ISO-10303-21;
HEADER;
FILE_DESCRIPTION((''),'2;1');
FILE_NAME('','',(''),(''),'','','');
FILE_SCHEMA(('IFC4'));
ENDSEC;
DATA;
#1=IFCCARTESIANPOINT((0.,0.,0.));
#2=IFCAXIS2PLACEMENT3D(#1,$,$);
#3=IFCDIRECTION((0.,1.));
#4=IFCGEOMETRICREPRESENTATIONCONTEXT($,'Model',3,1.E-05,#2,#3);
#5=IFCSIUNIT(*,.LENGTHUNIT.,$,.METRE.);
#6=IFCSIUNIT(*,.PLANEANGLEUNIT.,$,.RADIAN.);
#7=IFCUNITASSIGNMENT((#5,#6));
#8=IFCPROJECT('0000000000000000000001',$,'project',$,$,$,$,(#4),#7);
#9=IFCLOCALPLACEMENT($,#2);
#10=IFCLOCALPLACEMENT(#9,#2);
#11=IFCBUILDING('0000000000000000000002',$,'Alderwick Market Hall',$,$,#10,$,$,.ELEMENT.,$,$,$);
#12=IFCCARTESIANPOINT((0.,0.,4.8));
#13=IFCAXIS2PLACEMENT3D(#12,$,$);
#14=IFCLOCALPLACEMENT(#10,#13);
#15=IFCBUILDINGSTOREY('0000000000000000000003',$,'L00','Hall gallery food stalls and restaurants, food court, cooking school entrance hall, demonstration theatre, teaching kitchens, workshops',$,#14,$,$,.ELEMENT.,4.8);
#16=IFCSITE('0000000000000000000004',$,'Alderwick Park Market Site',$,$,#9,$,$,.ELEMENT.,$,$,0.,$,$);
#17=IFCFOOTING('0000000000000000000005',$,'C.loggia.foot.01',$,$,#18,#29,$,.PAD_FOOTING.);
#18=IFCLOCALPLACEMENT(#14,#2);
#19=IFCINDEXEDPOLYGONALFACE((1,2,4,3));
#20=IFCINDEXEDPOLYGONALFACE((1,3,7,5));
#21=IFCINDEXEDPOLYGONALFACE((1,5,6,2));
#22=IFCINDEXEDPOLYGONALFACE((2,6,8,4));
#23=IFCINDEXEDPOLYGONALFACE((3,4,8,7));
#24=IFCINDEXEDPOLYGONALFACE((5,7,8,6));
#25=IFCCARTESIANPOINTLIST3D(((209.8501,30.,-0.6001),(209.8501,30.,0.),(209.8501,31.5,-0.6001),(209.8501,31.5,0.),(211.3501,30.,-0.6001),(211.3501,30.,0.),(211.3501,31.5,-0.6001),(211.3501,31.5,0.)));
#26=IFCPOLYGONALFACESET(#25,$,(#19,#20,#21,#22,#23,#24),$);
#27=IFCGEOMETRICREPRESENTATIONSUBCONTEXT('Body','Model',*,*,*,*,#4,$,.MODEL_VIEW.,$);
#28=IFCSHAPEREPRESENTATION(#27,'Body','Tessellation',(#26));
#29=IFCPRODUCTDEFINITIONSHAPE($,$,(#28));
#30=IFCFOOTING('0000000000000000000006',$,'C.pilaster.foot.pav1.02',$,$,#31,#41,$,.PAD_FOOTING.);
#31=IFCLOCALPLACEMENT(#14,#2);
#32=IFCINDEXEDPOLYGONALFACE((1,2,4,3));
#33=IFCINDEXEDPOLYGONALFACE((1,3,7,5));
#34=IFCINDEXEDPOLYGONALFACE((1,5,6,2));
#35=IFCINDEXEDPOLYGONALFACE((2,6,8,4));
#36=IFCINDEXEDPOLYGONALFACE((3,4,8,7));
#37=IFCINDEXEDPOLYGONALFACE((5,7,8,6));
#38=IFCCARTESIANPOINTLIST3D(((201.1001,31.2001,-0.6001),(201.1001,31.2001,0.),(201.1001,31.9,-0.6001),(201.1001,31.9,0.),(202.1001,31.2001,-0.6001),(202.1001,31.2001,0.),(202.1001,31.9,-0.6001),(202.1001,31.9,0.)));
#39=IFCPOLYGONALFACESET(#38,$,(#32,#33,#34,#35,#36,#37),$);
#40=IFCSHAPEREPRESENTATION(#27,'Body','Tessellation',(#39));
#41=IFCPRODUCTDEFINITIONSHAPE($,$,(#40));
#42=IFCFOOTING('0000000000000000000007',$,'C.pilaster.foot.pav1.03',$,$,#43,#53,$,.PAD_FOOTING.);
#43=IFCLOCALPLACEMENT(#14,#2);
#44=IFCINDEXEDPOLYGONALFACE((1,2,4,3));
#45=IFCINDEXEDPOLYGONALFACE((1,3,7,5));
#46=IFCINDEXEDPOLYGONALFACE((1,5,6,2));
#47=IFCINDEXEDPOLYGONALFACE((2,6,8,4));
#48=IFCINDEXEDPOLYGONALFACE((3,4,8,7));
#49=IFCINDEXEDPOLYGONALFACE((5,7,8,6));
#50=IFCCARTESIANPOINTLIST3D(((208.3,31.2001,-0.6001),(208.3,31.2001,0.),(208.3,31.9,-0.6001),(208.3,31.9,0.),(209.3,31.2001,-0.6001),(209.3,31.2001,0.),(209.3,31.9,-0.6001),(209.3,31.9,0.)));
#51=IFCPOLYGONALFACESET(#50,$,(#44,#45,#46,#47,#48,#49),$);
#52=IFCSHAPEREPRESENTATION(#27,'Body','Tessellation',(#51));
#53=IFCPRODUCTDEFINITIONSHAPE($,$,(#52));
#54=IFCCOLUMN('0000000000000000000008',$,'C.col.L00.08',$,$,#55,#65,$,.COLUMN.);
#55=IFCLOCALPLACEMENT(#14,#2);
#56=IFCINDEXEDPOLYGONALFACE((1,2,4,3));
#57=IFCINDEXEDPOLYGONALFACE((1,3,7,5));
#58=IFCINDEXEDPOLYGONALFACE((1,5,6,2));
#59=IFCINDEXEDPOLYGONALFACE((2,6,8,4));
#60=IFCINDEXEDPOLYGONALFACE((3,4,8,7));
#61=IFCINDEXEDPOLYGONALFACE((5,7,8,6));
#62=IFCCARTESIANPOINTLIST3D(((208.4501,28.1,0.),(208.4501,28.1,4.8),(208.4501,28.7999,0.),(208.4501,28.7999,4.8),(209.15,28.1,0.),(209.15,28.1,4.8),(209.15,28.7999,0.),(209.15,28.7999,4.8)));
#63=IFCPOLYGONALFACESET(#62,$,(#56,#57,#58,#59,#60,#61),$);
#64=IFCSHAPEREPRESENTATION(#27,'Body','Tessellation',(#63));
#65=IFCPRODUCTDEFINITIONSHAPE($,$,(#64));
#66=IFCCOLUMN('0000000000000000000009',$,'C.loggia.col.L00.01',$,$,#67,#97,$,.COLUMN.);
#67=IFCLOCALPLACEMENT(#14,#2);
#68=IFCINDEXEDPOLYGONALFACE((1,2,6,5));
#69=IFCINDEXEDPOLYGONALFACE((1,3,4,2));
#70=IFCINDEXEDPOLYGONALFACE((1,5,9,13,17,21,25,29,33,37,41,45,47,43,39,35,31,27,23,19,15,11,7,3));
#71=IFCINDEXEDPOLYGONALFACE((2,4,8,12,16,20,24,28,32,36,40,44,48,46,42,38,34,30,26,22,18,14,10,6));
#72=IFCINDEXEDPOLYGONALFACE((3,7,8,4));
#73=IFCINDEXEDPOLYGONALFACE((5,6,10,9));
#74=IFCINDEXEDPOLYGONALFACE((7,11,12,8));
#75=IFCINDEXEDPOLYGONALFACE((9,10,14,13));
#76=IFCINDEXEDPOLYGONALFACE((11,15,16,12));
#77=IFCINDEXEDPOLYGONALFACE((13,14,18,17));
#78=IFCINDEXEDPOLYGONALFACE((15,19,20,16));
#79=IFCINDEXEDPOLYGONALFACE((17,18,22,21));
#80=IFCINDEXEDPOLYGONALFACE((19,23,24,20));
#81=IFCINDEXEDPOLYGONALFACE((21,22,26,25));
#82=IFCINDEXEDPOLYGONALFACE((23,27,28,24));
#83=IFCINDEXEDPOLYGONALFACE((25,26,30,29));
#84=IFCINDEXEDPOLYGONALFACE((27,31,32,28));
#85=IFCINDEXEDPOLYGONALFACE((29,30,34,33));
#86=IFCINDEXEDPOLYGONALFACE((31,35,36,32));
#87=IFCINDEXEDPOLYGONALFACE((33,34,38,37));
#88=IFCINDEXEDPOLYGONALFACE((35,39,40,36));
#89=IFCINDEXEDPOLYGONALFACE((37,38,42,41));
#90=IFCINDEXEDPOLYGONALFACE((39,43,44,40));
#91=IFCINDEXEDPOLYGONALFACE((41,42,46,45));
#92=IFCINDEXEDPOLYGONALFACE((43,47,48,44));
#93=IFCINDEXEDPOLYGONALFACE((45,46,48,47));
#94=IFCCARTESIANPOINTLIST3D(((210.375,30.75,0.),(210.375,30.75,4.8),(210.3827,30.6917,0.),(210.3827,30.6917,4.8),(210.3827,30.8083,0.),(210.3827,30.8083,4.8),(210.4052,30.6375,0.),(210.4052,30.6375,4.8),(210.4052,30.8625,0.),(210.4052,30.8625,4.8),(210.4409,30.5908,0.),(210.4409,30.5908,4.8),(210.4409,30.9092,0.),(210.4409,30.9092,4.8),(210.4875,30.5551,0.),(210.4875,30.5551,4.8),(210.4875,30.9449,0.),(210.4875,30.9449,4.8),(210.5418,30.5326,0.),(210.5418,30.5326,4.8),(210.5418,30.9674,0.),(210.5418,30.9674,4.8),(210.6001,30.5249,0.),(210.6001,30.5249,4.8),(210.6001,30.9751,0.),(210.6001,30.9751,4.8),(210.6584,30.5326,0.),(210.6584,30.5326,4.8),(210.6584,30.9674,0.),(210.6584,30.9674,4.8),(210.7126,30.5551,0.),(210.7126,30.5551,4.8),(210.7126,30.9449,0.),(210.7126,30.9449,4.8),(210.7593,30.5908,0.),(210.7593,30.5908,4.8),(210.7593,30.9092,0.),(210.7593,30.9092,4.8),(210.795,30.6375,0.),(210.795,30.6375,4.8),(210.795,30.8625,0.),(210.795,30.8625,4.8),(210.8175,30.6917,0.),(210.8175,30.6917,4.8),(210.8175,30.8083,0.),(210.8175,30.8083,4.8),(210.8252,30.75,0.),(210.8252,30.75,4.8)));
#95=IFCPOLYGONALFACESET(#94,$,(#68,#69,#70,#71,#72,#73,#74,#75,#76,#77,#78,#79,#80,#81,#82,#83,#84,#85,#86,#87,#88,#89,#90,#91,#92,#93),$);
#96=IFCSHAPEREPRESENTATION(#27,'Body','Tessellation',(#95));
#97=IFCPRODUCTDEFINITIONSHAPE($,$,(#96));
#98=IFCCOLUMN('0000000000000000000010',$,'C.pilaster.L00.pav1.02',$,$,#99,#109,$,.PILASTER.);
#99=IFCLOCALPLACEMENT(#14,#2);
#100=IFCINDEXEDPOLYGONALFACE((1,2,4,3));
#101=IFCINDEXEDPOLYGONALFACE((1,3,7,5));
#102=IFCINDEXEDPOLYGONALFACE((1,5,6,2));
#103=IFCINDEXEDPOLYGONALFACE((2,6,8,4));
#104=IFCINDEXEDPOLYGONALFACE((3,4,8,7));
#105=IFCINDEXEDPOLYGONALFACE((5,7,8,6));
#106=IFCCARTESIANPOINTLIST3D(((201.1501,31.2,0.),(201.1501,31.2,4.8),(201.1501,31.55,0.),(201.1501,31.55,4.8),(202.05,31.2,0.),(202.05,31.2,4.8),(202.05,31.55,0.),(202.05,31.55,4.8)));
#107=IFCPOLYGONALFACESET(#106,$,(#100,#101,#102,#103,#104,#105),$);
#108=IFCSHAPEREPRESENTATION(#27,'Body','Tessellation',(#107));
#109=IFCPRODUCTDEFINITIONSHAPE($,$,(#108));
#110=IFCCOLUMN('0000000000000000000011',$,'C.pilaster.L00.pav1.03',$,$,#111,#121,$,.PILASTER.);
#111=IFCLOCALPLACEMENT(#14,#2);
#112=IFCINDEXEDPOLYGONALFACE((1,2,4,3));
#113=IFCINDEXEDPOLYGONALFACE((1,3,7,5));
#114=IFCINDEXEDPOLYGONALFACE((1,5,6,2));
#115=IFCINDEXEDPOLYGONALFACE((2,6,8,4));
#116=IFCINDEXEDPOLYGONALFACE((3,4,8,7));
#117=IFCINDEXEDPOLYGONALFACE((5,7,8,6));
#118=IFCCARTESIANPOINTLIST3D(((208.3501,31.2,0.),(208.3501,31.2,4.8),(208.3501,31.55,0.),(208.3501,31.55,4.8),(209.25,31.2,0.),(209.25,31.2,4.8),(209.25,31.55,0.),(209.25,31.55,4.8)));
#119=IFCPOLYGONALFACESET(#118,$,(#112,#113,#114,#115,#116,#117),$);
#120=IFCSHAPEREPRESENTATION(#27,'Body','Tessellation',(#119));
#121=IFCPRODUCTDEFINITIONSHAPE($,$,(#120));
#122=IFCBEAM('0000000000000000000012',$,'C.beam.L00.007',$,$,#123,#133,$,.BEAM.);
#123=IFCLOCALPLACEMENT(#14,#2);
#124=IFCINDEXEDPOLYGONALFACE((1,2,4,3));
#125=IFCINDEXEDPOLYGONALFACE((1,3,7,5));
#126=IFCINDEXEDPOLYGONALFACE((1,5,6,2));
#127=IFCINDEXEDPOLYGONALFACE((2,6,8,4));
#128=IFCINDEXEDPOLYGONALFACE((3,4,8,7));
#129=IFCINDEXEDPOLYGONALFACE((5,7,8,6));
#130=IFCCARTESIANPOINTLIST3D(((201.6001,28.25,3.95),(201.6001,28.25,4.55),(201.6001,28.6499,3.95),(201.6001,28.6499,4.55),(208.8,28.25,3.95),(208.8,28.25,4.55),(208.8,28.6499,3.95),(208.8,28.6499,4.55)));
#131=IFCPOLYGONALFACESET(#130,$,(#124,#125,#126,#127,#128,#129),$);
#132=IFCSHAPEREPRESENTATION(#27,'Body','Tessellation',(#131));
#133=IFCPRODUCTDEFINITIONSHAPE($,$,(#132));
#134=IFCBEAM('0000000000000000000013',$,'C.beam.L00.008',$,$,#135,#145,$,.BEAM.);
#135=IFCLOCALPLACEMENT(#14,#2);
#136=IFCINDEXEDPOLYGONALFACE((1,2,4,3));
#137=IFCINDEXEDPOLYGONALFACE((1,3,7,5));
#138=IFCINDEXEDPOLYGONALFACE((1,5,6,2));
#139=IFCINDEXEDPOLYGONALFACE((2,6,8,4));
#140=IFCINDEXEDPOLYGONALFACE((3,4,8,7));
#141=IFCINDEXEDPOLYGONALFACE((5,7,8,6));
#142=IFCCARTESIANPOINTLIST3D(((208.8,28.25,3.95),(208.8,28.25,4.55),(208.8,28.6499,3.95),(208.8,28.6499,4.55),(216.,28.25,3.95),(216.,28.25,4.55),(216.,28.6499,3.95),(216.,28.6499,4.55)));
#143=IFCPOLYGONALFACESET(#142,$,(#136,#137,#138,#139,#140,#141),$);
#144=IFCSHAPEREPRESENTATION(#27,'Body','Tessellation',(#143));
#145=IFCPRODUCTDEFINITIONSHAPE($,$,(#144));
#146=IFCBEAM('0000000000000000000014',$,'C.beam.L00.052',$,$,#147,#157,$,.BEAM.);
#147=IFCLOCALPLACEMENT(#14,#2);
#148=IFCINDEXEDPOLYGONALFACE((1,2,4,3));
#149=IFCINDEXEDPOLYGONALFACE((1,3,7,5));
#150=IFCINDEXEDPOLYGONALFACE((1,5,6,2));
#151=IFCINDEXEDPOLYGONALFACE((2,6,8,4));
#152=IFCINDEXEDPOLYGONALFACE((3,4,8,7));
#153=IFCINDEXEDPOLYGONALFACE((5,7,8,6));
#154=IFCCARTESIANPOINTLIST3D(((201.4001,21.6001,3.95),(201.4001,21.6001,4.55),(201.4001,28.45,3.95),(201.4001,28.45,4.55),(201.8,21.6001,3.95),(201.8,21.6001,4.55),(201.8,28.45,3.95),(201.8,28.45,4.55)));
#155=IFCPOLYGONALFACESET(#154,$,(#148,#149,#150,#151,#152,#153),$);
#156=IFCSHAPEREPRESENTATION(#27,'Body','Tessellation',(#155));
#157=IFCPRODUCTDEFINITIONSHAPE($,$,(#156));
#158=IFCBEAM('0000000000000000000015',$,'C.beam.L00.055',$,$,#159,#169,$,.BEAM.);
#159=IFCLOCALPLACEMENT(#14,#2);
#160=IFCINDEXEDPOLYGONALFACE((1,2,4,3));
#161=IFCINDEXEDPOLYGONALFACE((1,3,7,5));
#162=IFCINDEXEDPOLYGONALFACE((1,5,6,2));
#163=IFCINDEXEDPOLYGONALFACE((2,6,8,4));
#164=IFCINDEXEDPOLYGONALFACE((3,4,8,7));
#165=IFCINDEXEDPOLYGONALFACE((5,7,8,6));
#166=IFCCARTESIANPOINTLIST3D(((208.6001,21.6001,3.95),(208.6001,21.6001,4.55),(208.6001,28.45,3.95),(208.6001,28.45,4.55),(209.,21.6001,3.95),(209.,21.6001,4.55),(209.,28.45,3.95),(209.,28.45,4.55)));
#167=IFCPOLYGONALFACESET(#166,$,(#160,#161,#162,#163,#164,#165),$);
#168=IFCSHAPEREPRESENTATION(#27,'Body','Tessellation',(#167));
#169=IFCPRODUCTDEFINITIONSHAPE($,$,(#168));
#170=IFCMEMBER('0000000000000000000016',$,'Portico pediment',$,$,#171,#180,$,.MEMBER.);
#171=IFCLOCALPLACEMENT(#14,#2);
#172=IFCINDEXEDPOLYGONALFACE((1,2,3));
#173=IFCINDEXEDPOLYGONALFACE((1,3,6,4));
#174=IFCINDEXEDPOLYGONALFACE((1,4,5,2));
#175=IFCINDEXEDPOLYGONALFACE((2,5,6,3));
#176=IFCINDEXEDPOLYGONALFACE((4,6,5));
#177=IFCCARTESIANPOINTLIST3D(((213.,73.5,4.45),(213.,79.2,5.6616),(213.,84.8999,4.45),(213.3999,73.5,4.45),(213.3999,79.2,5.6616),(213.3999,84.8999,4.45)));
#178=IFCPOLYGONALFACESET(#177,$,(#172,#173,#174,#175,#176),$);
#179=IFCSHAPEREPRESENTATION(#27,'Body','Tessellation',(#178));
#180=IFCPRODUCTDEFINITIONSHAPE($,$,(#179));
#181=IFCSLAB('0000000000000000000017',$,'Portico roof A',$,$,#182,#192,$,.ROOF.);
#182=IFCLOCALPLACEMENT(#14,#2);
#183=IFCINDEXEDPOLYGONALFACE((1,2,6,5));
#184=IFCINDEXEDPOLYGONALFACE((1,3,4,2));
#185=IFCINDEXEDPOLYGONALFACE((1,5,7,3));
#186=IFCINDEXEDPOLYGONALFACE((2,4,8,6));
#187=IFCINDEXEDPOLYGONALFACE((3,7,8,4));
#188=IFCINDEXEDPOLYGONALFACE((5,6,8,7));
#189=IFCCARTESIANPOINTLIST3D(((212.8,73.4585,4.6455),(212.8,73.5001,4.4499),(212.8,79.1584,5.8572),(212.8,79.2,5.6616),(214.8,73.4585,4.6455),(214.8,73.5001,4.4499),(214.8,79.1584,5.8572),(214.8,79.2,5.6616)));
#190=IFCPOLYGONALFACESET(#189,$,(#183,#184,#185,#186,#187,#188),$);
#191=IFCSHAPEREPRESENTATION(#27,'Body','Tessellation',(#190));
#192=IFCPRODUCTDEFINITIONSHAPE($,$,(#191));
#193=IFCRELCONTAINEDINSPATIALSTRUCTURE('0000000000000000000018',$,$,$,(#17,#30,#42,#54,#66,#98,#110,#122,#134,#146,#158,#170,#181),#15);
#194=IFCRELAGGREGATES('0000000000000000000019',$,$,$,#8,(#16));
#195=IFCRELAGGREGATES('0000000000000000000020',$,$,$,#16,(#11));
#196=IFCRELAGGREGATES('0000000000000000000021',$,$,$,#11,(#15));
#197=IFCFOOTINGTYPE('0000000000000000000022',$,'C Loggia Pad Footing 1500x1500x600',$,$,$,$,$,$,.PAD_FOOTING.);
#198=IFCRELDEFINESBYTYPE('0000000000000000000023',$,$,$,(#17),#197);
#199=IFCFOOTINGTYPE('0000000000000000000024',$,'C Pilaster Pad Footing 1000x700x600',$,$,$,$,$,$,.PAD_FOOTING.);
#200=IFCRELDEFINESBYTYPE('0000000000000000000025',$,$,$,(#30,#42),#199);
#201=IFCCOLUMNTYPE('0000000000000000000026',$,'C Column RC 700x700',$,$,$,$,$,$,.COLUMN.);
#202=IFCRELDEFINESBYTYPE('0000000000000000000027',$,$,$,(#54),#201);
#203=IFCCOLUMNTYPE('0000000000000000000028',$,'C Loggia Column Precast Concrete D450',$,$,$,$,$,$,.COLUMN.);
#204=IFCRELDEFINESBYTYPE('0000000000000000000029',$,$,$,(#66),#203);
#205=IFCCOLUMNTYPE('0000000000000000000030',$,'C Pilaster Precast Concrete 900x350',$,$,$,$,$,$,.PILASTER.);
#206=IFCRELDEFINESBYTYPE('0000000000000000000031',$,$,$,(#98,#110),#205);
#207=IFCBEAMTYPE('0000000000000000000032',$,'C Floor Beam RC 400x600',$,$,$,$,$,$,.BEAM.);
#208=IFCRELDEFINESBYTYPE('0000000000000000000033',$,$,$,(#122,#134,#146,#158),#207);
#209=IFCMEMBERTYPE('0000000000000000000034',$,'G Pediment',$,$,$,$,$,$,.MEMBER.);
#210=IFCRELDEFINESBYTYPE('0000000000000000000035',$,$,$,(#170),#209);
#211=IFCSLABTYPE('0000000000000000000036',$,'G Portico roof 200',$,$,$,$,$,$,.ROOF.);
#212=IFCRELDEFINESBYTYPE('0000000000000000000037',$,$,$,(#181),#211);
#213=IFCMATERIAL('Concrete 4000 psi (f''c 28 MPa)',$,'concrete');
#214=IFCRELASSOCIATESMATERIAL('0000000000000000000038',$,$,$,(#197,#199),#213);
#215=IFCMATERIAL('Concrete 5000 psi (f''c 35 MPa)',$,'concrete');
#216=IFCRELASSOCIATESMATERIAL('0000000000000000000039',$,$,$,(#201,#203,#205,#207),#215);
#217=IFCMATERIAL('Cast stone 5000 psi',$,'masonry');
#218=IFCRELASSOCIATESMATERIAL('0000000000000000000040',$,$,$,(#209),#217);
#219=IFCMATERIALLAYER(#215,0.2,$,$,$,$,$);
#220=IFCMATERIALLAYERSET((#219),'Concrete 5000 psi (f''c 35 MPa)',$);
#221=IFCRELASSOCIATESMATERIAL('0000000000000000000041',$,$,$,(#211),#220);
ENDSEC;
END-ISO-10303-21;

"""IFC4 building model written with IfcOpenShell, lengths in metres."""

from ifc_helpers import new_model, si_unit, direction, frame, origin, origin_2d, place, context, subcontext, project, spatial, polyline, rectangle, circle, outline, extrude, material, layer, layer_set, material_profile, profile_set, type_object, element, save


model = new_model("IFC4")

# Units and contexts
model_context = context("Model", 3, precision=1e-05, world=origin(), true_north=direction((0.0, 1.0)))
body_context = subcontext(model_context, "Body", "Model", "MODEL_VIEW")
ifc_project = project(units=[si_unit("LENGTHUNIT", "METRE"), si_unit("PLANEANGLEUNIT", "RADIAN")], contexts=[model_context])

# Site, building, storey
site_placement = place(None, origin())
site = spatial("IfcSite", under=ifc_project, at=site_placement, Name="Alderwick Park Market Site", CompositionType="ELEMENT", RefElevation=0.0)
building_placement = place(site_placement, origin())
building = spatial("IfcBuilding", under=site, at=building_placement, Name="Alderwick Market Hall", CompositionType="ELEMENT")
storey_placement = place(building_placement, frame((0.0, 0.0, 4.8)))
storey = spatial("IfcBuildingStorey", under=building, at=storey_placement, Name="L00", Description="Hall gallery food stalls and restaurants, food court, cooking school entrance hall, demonstration theatre, teaching kitchens, workshops", CompositionType="ELEMENT", Elevation=4.8)

# Footings
ifc_material_1 = material(Name="Concrete 4000 psi (f'c 28 MPa)", Category="concrete")
footing_type_1 = type_object("IfcFootingType", Name="C Loggia Pad Footing 1500x1500x600", PredefinedType="PAD_FOOTING", material=ifc_material_1)
footing_placement = place(storey_placement, frame((210.6001, 30.75, -0.6001), z_axis=(0.0, 0.0, 1.0), x_axis=(1.0, 0.0, 0.0)))
element("IfcFooting", 1, at=footing_placement, inside=storey, type_object=footing_type_1, Name="C.loggia.foot.01", PredefinedType="PAD_FOOTING", context=body_context, shape_type="SweptSolid", body=[
    extrude(rectangle(XDim=1.5, YDim=1.5, at=origin_2d()), origin(), (0.0, 0.0, 1.0), 0.6001),
])
footing_type_2 = type_object("IfcFootingType", Name="C Pilaster Pad Footing 1000x700x600", PredefinedType="PAD_FOOTING", material=ifc_material_1)
for number, where, z_axis, x_axis, name in (
    (2, (201.6001, 31.55, -0.6001), (0.0, 0.0, 1.0), (1.0, 0.0, 0.0), "C.pilaster.foot.pav1.02"),
    (3, (208.8, 31.55, -0.6001), (0.0, 0.0, 1.0), (1.0, 0.0, 0.0), "C.pilaster.foot.pav1.03"),
):
    element("IfcFooting", number, at=place(storey_placement, frame(where, z_axis=z_axis, x_axis=x_axis)), inside=storey, type_object=footing_type_2, Name=name, PredefinedType="PAD_FOOTING", context=body_context, shape_type="SweptSolid", body=[
        extrude(rectangle(XDim=1.0, YDim=0.7, at=origin_2d()), origin(), (0.0, 0.0, 1.0), 0.6001),
    ])

# Columns
ifc_material_2 = material(Name="Concrete 5000 psi (f'c 35 MPa)", Category="concrete")
ifc_material_profile_1 = material_profile(ifc_material_2, rectangle(XDim=0.7, YDim=0.7, at=origin_2d()), Name="RC 700x700")
ifc_profile_set_1 = profile_set([ifc_material_profile_1], Name="Concrete 5000 psi (f'c 35 MPa)")
column_type_1 = type_object("IfcColumnType", Name="C Column RC 700x700", PredefinedType="COLUMN", material=ifc_profile_set_1)
column_1_placement = place(storey_placement, frame((208.8, 28.45, 0.0), z_axis=(0.0, 0.0, 1.0), x_axis=(1.0, 0.0, 0.0)))
element("IfcColumn", 4, at=column_1_placement, inside=storey, type_object=column_type_1, Name="C.col.L00.08", PredefinedType="COLUMN", context=body_context, shape_type="SweptSolid", body=[
    extrude(rectangle(XDim=0.7, YDim=0.7, at=origin_2d()), origin(), (0.0, 0.0, 1.0), 4.8),
])
ifc_material_profile_2 = material_profile(ifc_material_2, circle(Radius=0.2251, at=origin_2d()), Name="PC D450")
ifc_profile_set_2 = profile_set([ifc_material_profile_2], Name="Concrete 5000 psi (f'c 35 MPa)")
column_type_2 = type_object("IfcColumnType", Name="C Loggia Column Precast Concrete D450", PredefinedType="COLUMN", material=ifc_profile_set_2)
column_2_placement = place(storey_placement, frame((210.6001, 30.75, 0.0), z_axis=(0.0, 0.0, 1.0), x_axis=(1.0, 0.0, 0.0)))
element("IfcColumn", 5, at=column_2_placement, inside=storey, type_object=column_type_2, Name="C.loggia.col.L00.01", PredefinedType="COLUMN", context=body_context, shape_type="SweptSolid", body=[
    extrude(circle(Radius=0.2251, at=origin_2d()), origin(), (0.0, 0.0, 1.0), 4.8),
])
ifc_material_profile_3 = material_profile(ifc_material_2, rectangle(XDim=0.8999, YDim=0.3501, at=origin_2d()), Name="PC 900x350")
ifc_profile_set_3 = profile_set([ifc_material_profile_3], Name="Concrete 5000 psi (f'c 35 MPa)")
column_type_3 = type_object("IfcColumnType", Name="C Pilaster Precast Concrete 900x350", PredefinedType="PILASTER", material=ifc_profile_set_3)
for number, where, z_axis, x_axis, name in (
    (6, (201.6001, 31.375, 0.0), (0.0, 0.0, 1.0), (1.0, 0.0, 0.0), "C.pilaster.L00.pav1.02"),
    (7, (208.8, 31.375, 0.0), (0.0, 0.0, 1.0), (1.0, 0.0, 0.0), "C.pilaster.L00.pav1.03"),
):
    element("IfcColumn", number, at=place(storey_placement, frame(where, z_axis=z_axis, x_axis=x_axis)), inside=storey, type_object=column_type_3, Name=name, PredefinedType="PILASTER", context=body_context, shape_type="SweptSolid", body=[
        extrude(rectangle(XDim=0.8999, YDim=0.3501, at=origin_2d()), origin(), (0.0, 0.0, 1.0), 4.8),
    ])

# Beams
ifc_material_profile_4 = material_profile(ifc_material_2, rectangle(XDim=0.3999, YDim=0.6001, at=origin_2d()), Name="RC 400x600")
ifc_profile_set_4 = profile_set([ifc_material_profile_4], Name="Concrete 5000 psi (f'c 35 MPa)")
beam_type = type_object("IfcBeamType", Name="C Floor Beam RC 400x600", PredefinedType="BEAM", material=ifc_profile_set_4)
for number, where, z_axis, x_axis, name in (
    (8, (201.6001, 28.45, 4.25), (1.0, 0.0, 0.0), (0.0, 1.0, 0.0), "C.beam.L00.007"),
    (9, (208.8, 28.45, 4.25), (1.0, 0.0, 0.0), (0.0, 1.0, 0.0), "C.beam.L00.008"),
):
    element("IfcBeam", number, at=place(storey_placement, frame(where, z_axis=z_axis, x_axis=x_axis)), inside=storey, type_object=beam_type, Name=name, PredefinedType="BEAM", context=body_context, shape_type="SweptSolid", body=[
        extrude(rectangle(XDim=0.3999, YDim=0.6001, at=origin_2d()), origin(), (0.0, 0.0, 1.0), 7.2),
    ])
for number, where, z_axis, x_axis, name in (
    (10, (201.6001, 28.45, 4.25), (0.0, -1.0, 0.0), (1.0, 0.0, 0.0), "C.beam.L00.052"),
    (11, (208.8, 28.45, 4.25), (0.0, -1.0, 0.0), (1.0, 0.0, 0.0), "C.beam.L00.055"),
):
    element("IfcBeam", number, at=place(storey_placement, frame(where, z_axis=z_axis, x_axis=x_axis)), inside=storey, type_object=beam_type, Name=name, PredefinedType="BEAM", context=body_context, shape_type="SweptSolid", body=[
        extrude(rectangle(XDim=0.3999, YDim=0.6001, at=origin_2d()), origin(), (0.0, 0.0, 1.0), 6.8499),
    ])

# Member
ifc_material_3 = material(Name="Cast stone 5000 psi", Category="masonry")
ifc_material_profile_5 = material_profile(ifc_material_3, outline(polyline([(-5.7, 0.0), (5.7, 0.0), (0.0, 1.2117), (-5.7, 0.0)])), Name="Cast stone pediment")
ifc_profile_set_5 = profile_set([ifc_material_profile_5], Name="Cast stone 5000 psi")
member_type = type_object("IfcMemberType", Name="G Pediment", PredefinedType="MEMBER", material=ifc_profile_set_5)
member_placement = place(storey_placement, frame((213.0, 79.2, 4.45), z_axis=(1.0, 0.0, 0.0), x_axis=(0.0, 1.0, 0.0)))
element("IfcMember", 12, at=member_placement, inside=storey, type_object=member_type, Name="Portico pediment", PredefinedType="MEMBER", context=body_context, shape_type="SweptSolid", body=[
    extrude(outline(polyline([(-5.7, 0.0), (5.7, 0.0), (0.0, 1.2117), (-5.7, 0.0)])), origin(), (0.0, 0.0, 1.0), 0.3999),
])

# Slab
ifc_layer_1 = layer(ifc_material_2, 0.2)
ifc_layer_set_1 = layer_set([ifc_layer_1], Name="Concrete 5000 psi (f'c 35 MPa)")
slab_type = type_object("IfcSlabType", Name="G Portico roof 200", PredefinedType="ROOF", material=ifc_layer_set_1)
slab_placement = place(storey_placement, frame((212.8, 73.4585, 4.6455), z_axis=(0.0, -0.207929, 0.978144), x_axis=(0.0, 0.978144, 0.207929)))
element("IfcSlab", 13, at=slab_placement, inside=storey, type_object=slab_type, Name="Portico roof A", PredefinedType="ROOF", context=body_context, shape_type="SweptSolid", body=[
    extrude(outline(polyline([(0.0, 0.0), (5.8273, 0.0), (5.8273, -2.0), (0.0, -2.0), (0.0, 0.0)])), origin(), (0.0, 0.0, -1.0), 0.2),
])

save(model, "model.ifc")
